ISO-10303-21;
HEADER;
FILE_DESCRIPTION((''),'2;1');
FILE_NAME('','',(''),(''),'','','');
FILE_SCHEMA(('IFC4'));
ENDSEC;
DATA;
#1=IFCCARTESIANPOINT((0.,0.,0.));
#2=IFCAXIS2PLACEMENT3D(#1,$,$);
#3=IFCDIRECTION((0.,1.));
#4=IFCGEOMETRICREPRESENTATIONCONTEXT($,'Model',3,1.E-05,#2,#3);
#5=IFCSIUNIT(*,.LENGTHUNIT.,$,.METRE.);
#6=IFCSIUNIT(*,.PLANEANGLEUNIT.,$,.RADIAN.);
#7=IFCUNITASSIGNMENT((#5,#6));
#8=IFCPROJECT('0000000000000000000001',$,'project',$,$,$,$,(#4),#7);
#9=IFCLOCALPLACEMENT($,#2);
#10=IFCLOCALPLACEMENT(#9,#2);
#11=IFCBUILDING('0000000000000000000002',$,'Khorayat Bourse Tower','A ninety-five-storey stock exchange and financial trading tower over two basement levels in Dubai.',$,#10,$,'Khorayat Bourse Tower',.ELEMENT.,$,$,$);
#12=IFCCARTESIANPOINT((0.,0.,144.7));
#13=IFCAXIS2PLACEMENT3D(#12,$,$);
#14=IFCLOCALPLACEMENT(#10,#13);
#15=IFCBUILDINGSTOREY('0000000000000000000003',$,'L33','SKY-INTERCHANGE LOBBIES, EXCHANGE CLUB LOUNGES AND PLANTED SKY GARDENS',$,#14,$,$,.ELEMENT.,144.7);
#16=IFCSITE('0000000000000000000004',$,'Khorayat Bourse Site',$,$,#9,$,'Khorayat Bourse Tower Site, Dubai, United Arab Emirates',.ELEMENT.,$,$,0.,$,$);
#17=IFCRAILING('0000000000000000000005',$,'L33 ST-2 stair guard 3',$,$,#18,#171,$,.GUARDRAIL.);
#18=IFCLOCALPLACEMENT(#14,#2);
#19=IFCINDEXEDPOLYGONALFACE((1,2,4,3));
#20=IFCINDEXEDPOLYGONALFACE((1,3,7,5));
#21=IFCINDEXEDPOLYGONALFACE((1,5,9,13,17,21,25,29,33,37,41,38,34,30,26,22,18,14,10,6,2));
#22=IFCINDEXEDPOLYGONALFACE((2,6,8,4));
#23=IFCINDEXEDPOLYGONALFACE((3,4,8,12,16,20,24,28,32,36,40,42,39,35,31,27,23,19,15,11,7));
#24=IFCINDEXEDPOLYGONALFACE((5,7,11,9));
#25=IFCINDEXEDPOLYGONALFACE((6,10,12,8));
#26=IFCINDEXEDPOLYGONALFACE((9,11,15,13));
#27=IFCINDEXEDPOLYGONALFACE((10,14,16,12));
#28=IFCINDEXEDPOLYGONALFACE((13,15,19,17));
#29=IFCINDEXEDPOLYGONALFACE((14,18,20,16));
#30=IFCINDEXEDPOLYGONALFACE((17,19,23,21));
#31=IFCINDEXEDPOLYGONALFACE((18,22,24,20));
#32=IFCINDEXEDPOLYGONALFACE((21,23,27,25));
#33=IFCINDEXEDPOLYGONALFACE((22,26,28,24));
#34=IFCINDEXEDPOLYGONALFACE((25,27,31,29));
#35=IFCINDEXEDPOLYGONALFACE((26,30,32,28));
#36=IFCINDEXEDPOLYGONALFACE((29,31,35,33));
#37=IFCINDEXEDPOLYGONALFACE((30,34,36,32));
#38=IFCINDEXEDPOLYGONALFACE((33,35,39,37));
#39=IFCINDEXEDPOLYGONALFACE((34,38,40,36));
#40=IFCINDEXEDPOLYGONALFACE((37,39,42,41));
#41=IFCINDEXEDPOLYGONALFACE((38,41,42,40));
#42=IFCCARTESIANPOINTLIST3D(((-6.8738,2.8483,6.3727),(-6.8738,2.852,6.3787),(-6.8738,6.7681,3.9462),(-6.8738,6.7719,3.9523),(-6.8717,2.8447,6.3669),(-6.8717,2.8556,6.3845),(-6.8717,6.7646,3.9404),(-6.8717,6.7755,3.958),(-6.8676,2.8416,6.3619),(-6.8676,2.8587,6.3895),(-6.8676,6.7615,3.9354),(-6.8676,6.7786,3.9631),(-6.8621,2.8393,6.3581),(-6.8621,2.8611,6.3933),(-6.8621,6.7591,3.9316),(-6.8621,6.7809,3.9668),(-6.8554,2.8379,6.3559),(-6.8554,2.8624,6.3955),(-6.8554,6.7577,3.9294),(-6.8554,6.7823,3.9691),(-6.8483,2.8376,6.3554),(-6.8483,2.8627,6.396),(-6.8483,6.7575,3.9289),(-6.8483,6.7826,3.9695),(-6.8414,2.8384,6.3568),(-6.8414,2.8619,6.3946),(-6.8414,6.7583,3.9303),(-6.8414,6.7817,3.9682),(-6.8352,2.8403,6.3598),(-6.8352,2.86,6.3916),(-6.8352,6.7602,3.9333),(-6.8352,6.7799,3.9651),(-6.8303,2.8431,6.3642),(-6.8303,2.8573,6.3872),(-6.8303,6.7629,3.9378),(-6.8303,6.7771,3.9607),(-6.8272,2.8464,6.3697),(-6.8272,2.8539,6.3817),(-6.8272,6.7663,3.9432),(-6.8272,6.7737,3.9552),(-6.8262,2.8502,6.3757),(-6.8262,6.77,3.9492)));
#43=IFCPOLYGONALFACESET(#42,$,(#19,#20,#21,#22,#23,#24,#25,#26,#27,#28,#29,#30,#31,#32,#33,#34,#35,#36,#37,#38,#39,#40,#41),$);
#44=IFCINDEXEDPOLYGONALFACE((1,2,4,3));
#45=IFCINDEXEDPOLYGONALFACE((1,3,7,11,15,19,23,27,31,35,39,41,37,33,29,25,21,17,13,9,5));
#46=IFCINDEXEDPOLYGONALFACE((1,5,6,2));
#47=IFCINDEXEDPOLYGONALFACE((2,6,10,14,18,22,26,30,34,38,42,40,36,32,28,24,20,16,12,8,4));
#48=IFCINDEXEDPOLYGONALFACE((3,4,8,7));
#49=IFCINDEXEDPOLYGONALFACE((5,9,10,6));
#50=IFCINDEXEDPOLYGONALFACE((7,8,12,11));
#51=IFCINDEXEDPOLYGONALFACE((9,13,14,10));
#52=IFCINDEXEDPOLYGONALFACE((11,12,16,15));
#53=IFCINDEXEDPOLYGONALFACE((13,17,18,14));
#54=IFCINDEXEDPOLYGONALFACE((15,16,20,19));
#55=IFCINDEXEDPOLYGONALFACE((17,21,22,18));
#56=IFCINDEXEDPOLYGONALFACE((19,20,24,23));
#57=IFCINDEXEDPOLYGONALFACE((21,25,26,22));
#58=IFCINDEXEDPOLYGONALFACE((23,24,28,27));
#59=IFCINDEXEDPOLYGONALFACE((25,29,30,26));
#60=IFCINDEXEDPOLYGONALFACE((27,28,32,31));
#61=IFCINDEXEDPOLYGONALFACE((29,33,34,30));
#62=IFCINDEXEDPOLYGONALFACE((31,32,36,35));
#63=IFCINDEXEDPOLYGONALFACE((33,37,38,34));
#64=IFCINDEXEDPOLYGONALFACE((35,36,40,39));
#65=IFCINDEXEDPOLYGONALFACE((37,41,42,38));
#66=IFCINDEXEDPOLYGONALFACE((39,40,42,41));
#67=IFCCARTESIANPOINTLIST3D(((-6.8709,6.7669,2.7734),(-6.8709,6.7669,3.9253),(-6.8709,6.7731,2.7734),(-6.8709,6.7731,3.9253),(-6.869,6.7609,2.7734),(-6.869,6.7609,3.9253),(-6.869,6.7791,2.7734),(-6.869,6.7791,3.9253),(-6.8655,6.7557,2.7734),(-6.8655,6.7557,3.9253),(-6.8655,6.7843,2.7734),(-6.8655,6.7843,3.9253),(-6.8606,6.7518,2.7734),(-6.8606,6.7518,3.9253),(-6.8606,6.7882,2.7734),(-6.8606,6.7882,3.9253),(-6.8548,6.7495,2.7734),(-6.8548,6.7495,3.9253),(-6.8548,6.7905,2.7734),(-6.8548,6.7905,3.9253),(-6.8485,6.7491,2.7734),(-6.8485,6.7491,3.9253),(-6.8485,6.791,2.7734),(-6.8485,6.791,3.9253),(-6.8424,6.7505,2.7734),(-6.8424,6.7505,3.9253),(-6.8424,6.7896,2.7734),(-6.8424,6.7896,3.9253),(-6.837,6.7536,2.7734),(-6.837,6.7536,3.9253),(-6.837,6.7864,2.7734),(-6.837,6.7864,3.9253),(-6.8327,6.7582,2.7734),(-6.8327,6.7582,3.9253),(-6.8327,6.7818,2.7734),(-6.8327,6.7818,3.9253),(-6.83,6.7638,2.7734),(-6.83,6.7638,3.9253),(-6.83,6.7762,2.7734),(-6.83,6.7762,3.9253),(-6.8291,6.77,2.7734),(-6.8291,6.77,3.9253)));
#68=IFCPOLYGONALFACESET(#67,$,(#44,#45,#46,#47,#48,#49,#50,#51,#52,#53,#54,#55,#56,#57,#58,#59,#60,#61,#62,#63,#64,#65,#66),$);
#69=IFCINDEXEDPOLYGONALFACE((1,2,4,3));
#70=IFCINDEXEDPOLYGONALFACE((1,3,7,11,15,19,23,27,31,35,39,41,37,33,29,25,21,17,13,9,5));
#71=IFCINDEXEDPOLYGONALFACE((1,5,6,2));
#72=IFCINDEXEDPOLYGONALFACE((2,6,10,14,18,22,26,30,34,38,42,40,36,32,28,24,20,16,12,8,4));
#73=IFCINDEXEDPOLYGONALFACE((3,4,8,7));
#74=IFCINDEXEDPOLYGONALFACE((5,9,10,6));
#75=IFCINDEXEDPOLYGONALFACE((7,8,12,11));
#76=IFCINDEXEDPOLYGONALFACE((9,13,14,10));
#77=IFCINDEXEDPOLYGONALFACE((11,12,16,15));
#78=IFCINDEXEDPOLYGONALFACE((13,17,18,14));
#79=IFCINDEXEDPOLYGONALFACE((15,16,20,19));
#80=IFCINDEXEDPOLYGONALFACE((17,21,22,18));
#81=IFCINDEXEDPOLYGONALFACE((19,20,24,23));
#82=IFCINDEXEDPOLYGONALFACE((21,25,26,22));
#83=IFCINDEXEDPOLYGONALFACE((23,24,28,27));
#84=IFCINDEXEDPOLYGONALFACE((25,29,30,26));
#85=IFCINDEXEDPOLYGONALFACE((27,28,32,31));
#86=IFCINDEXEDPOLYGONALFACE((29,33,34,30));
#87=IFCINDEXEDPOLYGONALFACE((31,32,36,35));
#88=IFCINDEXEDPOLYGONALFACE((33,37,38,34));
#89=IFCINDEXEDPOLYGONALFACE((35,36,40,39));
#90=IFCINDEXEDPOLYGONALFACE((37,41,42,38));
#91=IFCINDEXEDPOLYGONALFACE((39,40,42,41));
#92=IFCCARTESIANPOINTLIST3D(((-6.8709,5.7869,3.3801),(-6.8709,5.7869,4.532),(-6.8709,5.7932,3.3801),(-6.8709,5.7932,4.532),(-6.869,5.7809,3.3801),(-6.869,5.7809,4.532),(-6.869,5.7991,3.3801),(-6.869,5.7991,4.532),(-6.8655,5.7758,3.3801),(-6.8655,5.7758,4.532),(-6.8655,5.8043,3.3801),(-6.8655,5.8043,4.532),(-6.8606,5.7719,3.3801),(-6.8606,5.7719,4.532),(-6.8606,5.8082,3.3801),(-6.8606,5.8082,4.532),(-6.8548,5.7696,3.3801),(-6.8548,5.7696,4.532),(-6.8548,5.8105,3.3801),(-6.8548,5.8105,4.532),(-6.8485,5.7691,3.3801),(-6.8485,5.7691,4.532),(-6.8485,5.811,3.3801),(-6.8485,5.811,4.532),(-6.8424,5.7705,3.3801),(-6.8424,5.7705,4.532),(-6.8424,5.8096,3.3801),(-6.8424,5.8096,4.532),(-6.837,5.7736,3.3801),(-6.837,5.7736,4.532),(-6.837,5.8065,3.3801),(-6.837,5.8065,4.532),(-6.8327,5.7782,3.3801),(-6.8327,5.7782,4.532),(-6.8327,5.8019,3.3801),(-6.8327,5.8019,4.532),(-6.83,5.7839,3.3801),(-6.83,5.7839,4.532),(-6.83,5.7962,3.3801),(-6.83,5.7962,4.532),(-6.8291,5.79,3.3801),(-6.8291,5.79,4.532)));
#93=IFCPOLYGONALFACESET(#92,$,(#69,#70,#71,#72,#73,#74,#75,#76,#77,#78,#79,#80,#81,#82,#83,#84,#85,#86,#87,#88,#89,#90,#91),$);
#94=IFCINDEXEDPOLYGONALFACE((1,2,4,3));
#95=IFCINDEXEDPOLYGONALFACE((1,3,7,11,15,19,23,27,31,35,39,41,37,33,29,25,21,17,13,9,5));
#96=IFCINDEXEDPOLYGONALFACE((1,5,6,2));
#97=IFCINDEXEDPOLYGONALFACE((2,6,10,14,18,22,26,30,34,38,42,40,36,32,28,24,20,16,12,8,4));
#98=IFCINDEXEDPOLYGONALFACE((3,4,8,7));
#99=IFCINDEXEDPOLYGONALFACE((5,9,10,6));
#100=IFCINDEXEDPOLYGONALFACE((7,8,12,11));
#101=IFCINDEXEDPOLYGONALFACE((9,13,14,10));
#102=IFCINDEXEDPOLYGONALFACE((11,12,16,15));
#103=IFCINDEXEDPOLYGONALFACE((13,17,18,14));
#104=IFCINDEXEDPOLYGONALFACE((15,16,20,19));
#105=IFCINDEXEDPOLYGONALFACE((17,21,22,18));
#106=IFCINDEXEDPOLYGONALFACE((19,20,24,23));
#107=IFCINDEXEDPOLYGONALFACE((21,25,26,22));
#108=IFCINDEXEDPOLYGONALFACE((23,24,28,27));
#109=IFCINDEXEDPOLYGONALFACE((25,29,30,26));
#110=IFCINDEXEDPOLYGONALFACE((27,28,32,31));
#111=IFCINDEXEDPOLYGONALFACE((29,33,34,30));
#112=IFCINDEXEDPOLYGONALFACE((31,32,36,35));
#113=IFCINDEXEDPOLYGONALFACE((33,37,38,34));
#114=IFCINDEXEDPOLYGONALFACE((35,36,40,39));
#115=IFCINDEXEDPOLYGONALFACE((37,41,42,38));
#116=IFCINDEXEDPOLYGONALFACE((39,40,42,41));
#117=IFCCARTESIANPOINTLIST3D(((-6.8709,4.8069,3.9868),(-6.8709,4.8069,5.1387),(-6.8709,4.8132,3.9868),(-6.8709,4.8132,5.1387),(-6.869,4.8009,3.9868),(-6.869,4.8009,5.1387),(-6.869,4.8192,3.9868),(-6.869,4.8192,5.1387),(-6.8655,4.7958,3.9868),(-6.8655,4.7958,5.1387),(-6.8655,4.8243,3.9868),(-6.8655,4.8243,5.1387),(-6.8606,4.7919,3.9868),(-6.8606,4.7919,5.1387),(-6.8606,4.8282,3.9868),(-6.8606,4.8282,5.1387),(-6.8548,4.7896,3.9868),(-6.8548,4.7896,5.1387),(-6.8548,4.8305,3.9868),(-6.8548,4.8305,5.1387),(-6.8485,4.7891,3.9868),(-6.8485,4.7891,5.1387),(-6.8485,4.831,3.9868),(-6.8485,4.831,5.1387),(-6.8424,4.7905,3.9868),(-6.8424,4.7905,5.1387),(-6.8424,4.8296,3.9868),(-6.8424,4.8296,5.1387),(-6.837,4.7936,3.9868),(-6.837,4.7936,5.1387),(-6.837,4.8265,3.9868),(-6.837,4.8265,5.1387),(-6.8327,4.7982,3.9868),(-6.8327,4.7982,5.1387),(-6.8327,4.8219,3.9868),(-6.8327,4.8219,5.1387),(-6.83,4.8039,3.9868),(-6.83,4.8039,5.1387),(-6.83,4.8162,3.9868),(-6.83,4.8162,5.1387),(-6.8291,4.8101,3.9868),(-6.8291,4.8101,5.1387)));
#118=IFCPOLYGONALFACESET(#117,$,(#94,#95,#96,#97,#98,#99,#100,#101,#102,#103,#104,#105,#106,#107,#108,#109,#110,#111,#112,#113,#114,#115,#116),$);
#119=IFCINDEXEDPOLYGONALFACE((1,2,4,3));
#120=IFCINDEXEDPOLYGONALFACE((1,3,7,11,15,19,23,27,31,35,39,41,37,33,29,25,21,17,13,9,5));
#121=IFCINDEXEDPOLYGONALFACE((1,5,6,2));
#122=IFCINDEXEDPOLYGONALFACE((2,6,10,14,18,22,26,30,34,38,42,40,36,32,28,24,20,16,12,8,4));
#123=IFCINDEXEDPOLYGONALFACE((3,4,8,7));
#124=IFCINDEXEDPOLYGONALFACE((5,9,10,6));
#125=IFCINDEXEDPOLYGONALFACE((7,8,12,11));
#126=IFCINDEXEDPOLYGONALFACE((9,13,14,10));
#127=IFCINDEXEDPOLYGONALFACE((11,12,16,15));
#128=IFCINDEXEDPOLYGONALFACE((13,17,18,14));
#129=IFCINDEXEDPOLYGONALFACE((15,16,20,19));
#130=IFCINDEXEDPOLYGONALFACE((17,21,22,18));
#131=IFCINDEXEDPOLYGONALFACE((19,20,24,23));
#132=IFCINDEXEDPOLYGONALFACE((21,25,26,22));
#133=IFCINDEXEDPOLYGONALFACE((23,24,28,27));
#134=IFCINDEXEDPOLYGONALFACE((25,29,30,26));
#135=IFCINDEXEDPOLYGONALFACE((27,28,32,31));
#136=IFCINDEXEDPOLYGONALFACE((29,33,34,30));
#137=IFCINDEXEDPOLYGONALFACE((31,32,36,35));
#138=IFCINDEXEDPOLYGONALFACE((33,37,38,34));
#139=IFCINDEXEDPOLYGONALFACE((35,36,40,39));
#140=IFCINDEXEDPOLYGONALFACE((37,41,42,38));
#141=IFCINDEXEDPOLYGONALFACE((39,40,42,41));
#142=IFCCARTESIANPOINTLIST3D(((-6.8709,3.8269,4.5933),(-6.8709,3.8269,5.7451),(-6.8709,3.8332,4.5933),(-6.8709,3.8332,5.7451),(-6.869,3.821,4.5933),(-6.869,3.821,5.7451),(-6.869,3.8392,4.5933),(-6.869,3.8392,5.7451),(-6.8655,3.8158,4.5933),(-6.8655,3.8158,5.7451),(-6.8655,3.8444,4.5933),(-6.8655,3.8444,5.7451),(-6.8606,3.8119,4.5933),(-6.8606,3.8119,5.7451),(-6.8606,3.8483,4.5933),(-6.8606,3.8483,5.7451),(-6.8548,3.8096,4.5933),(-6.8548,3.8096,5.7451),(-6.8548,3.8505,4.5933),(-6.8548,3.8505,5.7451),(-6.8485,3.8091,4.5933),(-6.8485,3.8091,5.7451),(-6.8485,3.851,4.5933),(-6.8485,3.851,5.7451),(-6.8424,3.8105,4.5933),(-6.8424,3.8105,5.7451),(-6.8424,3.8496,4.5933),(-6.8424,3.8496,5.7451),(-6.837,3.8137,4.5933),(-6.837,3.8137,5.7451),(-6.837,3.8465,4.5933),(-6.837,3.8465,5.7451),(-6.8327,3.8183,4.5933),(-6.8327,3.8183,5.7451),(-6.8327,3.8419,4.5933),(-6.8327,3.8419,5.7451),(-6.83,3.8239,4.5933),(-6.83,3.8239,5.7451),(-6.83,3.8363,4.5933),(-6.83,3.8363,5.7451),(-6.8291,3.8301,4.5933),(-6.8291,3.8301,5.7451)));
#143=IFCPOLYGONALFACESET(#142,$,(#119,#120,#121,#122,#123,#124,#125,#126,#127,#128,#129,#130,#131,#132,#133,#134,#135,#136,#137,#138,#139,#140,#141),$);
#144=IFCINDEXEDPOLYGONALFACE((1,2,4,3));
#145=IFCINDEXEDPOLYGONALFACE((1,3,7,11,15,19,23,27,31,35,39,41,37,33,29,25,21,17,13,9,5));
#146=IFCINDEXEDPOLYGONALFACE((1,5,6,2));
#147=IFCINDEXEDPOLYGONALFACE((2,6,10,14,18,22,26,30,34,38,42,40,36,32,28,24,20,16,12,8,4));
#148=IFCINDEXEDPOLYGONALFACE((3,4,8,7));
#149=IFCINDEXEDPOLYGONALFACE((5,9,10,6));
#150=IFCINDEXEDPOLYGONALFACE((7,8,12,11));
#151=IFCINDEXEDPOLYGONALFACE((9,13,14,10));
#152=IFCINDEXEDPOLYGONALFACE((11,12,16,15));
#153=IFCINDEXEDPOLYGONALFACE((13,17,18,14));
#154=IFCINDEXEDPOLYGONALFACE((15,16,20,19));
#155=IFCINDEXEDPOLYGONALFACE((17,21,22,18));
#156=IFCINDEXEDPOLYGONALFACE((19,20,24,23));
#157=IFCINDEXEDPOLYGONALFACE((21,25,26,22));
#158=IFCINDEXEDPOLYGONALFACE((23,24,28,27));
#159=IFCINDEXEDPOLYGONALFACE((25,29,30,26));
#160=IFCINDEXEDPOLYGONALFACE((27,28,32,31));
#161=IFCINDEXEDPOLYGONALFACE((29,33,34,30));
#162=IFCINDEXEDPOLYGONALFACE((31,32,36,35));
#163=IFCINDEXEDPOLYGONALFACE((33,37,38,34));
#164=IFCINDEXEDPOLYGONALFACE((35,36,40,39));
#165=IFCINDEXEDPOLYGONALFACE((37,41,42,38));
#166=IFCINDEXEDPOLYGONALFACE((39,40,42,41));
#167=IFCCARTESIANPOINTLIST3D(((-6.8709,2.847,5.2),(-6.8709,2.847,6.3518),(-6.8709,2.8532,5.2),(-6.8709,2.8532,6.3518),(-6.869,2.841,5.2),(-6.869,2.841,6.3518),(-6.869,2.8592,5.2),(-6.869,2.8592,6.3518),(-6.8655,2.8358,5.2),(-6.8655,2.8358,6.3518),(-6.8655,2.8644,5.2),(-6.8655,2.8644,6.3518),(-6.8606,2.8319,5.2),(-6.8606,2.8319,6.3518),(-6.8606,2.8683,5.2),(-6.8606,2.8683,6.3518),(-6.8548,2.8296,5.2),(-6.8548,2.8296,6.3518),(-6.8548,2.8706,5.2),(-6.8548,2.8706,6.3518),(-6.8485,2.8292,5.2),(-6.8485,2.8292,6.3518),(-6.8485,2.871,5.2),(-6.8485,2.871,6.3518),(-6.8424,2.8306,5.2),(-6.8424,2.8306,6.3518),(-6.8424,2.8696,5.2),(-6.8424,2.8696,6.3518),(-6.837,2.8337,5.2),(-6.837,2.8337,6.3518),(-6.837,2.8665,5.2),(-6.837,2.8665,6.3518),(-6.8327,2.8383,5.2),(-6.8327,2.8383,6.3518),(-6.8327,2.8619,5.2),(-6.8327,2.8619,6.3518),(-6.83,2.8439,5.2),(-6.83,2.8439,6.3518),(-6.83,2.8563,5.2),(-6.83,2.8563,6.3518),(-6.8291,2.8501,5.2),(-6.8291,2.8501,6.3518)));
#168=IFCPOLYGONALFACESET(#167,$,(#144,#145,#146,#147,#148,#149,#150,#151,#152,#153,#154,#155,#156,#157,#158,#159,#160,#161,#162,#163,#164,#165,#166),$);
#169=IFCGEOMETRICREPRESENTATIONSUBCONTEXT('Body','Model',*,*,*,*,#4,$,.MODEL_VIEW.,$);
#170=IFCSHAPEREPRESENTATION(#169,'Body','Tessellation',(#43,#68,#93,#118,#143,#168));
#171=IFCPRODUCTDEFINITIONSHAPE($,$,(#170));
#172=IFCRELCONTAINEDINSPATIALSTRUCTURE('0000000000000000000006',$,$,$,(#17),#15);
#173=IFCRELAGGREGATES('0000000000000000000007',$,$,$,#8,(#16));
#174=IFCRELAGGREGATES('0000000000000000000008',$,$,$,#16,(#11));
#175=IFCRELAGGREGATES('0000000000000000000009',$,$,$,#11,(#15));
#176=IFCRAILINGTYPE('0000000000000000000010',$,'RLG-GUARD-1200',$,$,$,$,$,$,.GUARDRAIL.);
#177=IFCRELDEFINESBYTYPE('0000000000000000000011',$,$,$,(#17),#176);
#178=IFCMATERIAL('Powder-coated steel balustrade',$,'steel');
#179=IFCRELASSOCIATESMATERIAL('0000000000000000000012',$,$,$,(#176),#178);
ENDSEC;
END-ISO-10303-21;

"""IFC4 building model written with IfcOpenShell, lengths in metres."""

from ifc_helpers import new_model, si_unit, direction, frame, origin, origin_2d, place, context, subcontext, project, spatial, circle, extrude, source, transform, mapped, material, type_object, element, save


model = new_model("IFC4")

# Units and contexts
model_context = context("Model", 3, precision=1e-05, world=origin(), true_north=direction((0.0, 1.0)))
body_context = subcontext(model_context, "Body", "Model", "MODEL_VIEW")
ifc_project = project(units=[si_unit("LENGTHUNIT", "METRE"), si_unit("PLANEANGLEUNIT", "RADIAN")], contexts=[model_context])

# Site, building, storey
site_placement = place(None, origin())
site = spatial("IfcSite", under=ifc_project, at=site_placement, Name="Khorayat Bourse Site", LongName="Khorayat Bourse Tower Site, Dubai, United Arab Emirates", CompositionType="ELEMENT", RefElevation=0.0)
building_placement = place(site_placement, origin())
building = spatial("IfcBuilding", under=site, at=building_placement, Name="Khorayat Bourse Tower", Description="A ninety-five-storey stock exchange and financial trading tower over two basement levels in Dubai.", LongName="Khorayat Bourse Tower", CompositionType="ELEMENT")
storey_placement = place(building_placement, frame((0.0, 0.0, 144.7)))
storey = spatial("IfcBuildingStorey", under=building, at=storey_placement, Name="L33", Description="SKY-INTERCHANGE LOBBIES, EXCHANGE CLUB LOUNGES AND PLANTED SKY GARDENS", CompositionType="ELEMENT", Elevation=144.7)

# Railing
ifc_material_1 = material(Name="Powder-coated steel balustrade", Category="steel")
railing_type_1 = type_object("IfcRailingType", Name="RLG-GUARD-1200", PredefinedType="GUARDRAIL", material=ifc_material_1)
shared_shape_1 = source(origin(), body_context, "Body", "SweptSolid", [
    extrude(circle(Radius=0.0239, at=origin_2d()), frame((0.0, 0.0, 1.1758), z_axis=(0.0, -0.850275, 0.526338), x_axis=(1.0, 0.0, 0.0)), (0.0, 0.0, 1.0), 4.6101),
    extrude(circle(Radius=0.021, at=origin_2d()), origin(), (0.0, 0.0, 1.0), 1.1519),
    extrude(circle(Radius=0.021, at=origin_2d()), frame((0.0, -0.98, 0.6067)), (0.0, 0.0, 1.0), 1.1519),
    extrude(circle(Radius=0.021, at=origin_2d()), frame((0.0, -1.96, 1.2134)), (0.0, 0.0, 1.0), 1.1519),
    extrude(circle(Radius=0.021, at=origin_2d()), frame((0.0, -2.9399, 1.8198)), (0.0, 0.0, 1.0), 1.1519),
    extrude(circle(Radius=0.021, at=origin_2d()), frame((0.0, -3.9199, 2.4265)), (0.0, 0.0, 1.0), 1.1519),
])
railing_1_placement = place(storey_placement, frame((-6.8501, 6.77, 2.7734)))
element("IfcRailing", 1, at=railing_1_placement, inside=storey, type_object=railing_type_1, Name="L33 ST-2 stair guard 3", PredefinedType="GUARDRAIL", context=body_context, shape_type="MappedRepresentation", body=[
    mapped(shared_shape_1, transform((0.0, 0.0, 0.0), scale=1.0)),
])

save(model, "model.ifc")
